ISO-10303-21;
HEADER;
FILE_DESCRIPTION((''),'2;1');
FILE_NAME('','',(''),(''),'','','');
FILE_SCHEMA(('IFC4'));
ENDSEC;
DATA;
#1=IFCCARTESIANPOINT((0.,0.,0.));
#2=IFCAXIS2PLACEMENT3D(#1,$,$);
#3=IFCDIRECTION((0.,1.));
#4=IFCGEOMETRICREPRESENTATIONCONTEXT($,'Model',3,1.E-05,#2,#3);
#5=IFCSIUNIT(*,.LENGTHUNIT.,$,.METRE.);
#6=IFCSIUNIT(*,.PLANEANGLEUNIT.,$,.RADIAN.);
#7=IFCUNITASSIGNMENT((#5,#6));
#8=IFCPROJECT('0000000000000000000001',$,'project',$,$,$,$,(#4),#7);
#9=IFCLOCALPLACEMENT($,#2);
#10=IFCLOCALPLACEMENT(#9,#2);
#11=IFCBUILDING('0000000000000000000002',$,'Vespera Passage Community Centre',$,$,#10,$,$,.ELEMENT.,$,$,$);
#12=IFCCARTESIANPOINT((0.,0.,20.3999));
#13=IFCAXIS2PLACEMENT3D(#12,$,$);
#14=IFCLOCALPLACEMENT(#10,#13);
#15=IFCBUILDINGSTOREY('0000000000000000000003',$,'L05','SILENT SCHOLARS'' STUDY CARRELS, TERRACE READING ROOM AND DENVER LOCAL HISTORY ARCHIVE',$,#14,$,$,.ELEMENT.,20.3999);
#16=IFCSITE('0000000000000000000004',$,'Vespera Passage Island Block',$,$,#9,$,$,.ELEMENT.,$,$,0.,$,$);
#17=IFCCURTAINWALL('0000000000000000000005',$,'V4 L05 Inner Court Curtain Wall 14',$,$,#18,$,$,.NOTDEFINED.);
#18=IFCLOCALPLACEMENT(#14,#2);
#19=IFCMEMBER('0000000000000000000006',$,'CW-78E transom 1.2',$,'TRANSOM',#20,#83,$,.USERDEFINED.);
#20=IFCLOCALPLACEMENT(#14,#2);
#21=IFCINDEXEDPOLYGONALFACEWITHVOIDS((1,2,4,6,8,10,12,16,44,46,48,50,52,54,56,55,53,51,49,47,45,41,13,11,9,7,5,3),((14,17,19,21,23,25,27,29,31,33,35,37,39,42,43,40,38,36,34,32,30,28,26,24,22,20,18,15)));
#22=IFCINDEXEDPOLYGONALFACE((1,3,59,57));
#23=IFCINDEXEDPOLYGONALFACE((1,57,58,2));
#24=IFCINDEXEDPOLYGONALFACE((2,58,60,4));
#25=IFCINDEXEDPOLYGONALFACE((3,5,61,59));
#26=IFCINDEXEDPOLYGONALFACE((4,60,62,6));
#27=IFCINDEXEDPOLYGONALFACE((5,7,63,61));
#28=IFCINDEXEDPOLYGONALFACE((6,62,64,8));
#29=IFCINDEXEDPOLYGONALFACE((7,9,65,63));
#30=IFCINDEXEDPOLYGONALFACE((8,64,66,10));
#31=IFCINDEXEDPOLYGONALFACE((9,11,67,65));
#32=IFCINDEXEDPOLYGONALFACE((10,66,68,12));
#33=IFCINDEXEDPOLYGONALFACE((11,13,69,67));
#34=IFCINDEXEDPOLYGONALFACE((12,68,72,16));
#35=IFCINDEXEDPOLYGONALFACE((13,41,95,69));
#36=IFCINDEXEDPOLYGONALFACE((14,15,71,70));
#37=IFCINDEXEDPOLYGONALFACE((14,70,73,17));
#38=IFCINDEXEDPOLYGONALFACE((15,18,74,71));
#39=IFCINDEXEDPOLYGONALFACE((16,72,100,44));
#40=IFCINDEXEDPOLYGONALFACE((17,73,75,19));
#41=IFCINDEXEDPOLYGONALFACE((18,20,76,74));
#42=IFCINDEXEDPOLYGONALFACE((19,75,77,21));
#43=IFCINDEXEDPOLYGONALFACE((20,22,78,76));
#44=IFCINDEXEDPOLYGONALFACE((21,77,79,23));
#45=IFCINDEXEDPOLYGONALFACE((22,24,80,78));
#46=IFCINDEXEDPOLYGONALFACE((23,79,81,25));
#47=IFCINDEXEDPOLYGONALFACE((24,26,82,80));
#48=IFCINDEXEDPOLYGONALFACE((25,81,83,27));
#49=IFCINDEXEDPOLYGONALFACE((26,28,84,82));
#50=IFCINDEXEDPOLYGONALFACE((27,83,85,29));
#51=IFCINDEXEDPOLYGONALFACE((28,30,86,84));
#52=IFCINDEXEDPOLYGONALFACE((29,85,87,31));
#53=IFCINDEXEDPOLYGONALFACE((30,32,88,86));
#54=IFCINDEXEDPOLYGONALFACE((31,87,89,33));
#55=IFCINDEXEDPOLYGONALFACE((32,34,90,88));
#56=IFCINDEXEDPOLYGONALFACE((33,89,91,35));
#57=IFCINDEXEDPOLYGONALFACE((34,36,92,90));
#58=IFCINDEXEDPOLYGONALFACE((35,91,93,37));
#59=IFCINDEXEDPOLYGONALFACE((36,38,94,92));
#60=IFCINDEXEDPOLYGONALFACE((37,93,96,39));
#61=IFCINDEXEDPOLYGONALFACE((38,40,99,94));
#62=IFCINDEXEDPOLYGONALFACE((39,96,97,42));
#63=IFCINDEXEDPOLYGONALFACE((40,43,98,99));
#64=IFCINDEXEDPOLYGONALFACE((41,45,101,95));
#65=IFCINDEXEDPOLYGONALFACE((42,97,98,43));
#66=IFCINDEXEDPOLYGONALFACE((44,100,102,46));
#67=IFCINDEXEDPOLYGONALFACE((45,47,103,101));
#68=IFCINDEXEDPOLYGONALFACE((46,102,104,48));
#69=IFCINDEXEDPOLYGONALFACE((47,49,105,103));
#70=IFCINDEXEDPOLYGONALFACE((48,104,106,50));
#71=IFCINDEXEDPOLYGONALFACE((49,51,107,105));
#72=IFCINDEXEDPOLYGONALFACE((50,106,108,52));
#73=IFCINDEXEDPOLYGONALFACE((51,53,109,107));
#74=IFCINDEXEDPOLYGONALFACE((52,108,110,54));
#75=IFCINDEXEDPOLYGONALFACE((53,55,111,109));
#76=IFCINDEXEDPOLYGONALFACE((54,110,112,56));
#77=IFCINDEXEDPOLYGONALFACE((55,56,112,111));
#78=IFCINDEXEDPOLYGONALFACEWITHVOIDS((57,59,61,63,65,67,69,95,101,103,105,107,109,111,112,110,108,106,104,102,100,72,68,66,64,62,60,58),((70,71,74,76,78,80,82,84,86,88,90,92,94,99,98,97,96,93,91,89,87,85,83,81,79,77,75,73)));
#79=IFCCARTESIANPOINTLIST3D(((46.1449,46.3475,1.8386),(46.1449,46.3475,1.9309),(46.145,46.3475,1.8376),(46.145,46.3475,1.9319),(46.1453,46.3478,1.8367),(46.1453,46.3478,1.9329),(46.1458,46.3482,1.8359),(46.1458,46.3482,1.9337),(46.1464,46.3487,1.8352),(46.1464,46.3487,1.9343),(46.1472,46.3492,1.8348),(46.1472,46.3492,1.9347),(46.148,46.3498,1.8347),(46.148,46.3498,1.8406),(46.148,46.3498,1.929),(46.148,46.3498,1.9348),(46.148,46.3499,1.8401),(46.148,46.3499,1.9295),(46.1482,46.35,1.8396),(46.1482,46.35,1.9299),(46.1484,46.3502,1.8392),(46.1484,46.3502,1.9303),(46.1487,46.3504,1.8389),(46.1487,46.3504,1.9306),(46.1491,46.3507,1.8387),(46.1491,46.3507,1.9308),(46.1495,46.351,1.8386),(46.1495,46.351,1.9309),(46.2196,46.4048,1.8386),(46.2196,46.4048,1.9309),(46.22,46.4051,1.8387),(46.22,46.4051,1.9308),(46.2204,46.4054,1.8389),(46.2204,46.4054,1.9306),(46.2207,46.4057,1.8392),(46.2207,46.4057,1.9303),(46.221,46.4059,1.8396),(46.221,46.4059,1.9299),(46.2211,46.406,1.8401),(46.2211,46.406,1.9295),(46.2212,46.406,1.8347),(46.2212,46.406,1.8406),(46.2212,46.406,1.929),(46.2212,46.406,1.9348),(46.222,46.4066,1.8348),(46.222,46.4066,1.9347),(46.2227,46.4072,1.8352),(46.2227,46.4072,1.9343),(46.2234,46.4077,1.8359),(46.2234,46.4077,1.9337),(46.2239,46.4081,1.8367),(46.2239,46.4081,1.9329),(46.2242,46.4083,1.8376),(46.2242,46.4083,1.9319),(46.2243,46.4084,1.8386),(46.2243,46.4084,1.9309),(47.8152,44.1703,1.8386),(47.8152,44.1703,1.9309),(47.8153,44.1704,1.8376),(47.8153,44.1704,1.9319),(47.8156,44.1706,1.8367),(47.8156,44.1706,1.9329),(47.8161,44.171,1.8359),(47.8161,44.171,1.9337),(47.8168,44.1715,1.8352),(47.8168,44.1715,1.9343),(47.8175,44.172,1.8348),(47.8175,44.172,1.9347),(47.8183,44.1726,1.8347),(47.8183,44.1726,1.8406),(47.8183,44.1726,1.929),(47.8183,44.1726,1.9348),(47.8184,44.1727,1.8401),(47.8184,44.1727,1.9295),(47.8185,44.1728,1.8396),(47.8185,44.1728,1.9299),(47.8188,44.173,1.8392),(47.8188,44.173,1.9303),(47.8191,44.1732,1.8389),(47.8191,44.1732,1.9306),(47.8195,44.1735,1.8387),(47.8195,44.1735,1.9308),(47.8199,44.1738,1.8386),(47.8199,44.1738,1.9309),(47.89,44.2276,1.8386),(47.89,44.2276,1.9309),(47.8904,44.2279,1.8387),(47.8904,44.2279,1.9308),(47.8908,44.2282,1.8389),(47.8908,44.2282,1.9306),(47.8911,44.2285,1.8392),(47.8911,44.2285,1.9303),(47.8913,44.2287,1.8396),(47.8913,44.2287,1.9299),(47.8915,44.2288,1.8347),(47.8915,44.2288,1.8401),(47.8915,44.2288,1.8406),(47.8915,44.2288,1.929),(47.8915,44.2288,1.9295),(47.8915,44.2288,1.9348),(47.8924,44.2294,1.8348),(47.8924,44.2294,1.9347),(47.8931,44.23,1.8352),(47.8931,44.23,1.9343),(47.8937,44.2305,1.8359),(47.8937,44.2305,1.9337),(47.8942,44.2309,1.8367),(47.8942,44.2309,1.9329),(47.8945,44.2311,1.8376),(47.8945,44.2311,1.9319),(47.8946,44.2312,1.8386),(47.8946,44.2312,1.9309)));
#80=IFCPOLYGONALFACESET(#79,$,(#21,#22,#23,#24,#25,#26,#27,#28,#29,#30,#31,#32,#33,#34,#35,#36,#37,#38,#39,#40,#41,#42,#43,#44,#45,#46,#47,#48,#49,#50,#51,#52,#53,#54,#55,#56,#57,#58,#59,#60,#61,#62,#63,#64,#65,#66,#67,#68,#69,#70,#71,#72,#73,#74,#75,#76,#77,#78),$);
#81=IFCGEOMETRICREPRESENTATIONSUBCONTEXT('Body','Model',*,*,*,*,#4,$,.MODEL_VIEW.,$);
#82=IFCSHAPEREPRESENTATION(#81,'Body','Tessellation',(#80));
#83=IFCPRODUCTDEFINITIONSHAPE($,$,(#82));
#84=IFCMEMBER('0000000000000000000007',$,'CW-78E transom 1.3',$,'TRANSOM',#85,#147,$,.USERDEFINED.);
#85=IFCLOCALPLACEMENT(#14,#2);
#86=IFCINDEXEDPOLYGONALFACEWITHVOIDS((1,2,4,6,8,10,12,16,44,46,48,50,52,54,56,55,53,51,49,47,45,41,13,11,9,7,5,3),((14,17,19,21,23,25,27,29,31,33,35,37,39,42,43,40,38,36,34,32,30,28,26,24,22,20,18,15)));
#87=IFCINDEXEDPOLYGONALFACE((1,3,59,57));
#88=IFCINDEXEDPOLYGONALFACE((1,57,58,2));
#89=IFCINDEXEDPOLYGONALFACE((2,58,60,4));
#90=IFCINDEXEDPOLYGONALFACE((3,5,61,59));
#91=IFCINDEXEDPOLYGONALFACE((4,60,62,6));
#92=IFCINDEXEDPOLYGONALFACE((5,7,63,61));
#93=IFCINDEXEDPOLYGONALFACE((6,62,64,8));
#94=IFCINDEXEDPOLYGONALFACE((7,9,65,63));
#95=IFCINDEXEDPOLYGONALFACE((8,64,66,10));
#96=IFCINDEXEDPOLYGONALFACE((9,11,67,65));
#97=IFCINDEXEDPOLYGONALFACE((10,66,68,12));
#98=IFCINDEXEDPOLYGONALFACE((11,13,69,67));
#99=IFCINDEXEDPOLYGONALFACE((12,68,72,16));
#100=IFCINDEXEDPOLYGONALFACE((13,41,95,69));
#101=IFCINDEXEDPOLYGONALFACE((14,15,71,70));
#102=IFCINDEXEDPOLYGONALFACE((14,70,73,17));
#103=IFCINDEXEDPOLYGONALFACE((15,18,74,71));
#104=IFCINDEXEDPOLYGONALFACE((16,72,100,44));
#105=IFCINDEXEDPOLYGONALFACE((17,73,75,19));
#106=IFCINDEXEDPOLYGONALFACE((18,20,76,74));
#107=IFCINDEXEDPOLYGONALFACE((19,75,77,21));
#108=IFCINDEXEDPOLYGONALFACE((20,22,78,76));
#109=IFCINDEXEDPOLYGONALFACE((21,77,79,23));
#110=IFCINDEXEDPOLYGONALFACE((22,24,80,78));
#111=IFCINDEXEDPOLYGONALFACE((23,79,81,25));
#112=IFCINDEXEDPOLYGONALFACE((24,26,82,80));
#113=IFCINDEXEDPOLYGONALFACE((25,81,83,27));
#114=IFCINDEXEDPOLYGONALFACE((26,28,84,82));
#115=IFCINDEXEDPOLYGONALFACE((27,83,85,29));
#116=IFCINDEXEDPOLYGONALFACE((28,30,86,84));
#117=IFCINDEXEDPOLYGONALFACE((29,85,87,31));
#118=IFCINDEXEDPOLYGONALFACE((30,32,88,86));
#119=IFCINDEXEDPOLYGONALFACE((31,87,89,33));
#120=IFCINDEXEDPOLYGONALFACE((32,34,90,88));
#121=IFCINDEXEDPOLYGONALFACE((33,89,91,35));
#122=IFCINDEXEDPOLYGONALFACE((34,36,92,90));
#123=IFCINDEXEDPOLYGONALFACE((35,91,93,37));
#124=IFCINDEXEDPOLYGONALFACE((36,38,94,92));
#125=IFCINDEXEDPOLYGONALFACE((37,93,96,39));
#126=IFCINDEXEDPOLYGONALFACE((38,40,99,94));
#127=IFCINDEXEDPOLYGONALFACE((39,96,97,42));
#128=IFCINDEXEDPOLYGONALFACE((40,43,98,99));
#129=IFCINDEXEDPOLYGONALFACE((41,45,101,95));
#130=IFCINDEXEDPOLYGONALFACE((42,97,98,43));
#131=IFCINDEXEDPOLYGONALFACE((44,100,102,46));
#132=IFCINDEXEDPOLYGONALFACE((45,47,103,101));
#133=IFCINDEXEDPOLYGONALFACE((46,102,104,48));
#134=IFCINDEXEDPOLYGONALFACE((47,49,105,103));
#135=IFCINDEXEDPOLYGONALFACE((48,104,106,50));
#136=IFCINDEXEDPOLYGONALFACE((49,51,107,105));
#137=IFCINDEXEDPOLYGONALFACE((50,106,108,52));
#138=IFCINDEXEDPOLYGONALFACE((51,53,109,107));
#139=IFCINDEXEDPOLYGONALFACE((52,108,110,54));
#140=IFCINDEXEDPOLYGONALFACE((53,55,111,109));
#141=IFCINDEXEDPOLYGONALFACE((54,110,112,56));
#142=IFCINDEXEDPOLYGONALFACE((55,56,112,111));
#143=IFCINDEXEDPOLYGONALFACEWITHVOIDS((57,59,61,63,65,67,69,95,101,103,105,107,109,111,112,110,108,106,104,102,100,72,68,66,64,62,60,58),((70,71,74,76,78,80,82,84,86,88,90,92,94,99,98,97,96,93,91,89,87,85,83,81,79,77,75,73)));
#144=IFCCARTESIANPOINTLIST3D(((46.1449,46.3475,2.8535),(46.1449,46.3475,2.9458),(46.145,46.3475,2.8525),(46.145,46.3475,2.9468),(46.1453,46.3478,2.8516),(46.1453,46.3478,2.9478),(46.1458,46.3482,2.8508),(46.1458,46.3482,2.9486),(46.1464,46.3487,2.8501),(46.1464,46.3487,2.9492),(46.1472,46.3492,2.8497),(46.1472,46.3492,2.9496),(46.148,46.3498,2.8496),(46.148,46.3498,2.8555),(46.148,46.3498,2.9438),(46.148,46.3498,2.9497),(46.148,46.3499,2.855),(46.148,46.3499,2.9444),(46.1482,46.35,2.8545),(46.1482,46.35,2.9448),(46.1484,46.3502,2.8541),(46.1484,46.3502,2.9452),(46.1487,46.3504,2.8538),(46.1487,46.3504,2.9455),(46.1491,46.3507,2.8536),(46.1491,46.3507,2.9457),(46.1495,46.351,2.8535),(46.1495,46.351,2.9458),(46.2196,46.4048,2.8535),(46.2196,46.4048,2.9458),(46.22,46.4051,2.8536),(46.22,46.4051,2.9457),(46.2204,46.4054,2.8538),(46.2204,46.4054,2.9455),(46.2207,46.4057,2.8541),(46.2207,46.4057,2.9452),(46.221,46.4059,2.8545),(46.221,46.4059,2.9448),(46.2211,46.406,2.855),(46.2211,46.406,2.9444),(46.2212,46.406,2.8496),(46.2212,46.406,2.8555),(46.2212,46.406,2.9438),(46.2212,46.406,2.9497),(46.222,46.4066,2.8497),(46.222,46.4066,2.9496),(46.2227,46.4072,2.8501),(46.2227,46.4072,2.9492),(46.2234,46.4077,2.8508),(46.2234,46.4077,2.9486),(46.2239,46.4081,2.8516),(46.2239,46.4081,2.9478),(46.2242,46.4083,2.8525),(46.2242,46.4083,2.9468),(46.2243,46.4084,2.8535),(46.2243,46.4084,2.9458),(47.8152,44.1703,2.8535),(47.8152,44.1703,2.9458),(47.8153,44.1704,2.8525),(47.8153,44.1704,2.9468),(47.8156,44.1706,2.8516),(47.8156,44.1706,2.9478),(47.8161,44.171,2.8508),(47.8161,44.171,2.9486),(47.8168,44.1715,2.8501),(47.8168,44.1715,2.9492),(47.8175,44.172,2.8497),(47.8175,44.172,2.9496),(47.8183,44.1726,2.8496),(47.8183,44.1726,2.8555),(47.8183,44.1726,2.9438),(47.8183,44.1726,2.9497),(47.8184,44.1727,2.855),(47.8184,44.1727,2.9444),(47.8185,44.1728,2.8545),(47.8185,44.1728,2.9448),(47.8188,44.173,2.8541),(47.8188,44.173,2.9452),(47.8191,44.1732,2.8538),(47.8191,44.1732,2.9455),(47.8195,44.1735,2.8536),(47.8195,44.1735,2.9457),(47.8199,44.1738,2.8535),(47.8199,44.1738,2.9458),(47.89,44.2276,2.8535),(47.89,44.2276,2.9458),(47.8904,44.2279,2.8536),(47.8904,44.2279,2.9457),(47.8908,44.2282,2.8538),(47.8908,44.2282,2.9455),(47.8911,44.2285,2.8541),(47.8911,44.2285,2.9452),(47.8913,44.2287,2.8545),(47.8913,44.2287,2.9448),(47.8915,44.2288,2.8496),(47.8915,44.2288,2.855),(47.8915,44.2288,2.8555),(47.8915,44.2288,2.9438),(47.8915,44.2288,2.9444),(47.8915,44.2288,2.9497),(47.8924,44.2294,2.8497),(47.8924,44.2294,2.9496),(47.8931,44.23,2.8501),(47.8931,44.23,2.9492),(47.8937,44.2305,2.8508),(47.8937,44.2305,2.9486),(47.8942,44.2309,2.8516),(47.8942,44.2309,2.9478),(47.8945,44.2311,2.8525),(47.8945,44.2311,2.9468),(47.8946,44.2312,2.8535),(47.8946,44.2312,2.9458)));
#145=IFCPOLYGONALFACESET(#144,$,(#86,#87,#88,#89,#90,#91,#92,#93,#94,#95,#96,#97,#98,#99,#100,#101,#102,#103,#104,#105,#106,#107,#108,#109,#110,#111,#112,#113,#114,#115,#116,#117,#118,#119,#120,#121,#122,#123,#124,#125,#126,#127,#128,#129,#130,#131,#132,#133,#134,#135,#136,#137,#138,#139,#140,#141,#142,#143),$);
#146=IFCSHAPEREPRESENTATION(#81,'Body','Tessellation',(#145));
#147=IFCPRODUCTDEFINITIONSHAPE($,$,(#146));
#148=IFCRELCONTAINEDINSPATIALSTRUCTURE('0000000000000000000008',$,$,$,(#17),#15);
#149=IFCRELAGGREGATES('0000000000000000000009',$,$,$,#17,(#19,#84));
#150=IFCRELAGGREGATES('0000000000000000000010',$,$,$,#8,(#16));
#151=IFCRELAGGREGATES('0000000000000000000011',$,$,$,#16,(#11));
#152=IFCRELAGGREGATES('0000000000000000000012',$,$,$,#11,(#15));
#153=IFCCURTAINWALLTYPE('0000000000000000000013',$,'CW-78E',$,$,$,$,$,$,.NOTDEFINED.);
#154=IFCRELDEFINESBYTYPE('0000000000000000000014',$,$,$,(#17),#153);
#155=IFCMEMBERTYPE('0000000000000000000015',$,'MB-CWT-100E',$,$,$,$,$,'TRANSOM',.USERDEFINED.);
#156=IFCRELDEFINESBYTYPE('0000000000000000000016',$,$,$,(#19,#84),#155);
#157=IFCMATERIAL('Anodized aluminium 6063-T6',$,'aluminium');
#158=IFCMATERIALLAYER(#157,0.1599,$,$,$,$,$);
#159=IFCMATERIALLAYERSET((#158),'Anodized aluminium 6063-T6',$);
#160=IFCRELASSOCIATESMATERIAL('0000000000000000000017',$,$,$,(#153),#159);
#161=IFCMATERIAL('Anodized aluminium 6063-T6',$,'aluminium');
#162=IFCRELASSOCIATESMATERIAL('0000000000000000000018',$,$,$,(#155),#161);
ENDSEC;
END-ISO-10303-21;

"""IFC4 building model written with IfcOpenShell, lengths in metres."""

from ifc_helpers import new_model, si_unit, direction, frame, origin, origin_2d, place, context, subcontext, project, spatial, hollow_rectangle, extrude, material, layer, layer_set, material_profile, profile_set, type_object, element, aggregate, save


model = new_model("IFC4")

# Units and contexts
model_context = context("Model", 3, precision=1e-05, world=origin(), true_north=direction((0.0, 1.0)))
body_context = subcontext(model_context, "Body", "Model", "MODEL_VIEW")
ifc_project = project(units=[si_unit("LENGTHUNIT", "METRE"), si_unit("PLANEANGLEUNIT", "RADIAN")], contexts=[model_context])

# Site, building, storey
site_placement = place(None, origin())
site = spatial("IfcSite", under=ifc_project, at=site_placement, Name="Vespera Passage Island Block", CompositionType="ELEMENT", RefElevation=0.0)
building_placement = place(site_placement, origin())
building = spatial("IfcBuilding", under=site, at=building_placement, Name="Vespera Passage Community Centre", CompositionType="ELEMENT")
storey_placement = place(building_placement, frame((0.0, 0.0, 20.3999)))
storey = spatial("IfcBuildingStorey", under=building, at=storey_placement, Name="L05", Description="SILENT SCHOLARS' STUDY CARRELS, TERRACE READING ROOM AND DENVER LOCAL HISTORY ARCHIVE", CompositionType="ELEMENT", Elevation=20.3999)

# Curtain wall
ifc_material_1 = material(Name="Anodized aluminium 6063-T6", Category="aluminium")
ifc_layer_1 = layer(ifc_material_1, 0.1599)
ifc_layer_set_1 = layer_set([ifc_layer_1], Name="Anodized aluminium 6063-T6")
curtain_wall_type_1 = type_object("IfcCurtainWallType", Name="CW-78E", PredefinedType="NOTDEFINED", material=ifc_layer_set_1)
curtain_wall_1_placement = place(storey_placement, origin())
curtain_wall_1 = element("IfcCurtainWall", 1, at=curtain_wall_1_placement, inside=storey, type_object=curtain_wall_type_1, Name="V4 L05 Inner Court Curtain Wall 14", PredefinedType="NOTDEFINED")

# Members
ifc_material_2 = material(Name="Anodized aluminium 6063-T6", Category="aluminium")
ifc_material_profile_1 = material_profile(ifc_material_2, hollow_rectangle(XDim=0.1001, YDim=0.1001, WallThickness=0.0039, InnerFilletRadius=0.002, OuterFilletRadius=0.0039, at=origin_2d()), Name="ALU100X100X4")
ifc_profile_set_1 = profile_set([ifc_material_profile_1], Name="Anodized aluminium 6063-T6")
member_type_1 = type_object("IfcMemberType", Name="MB-CWT-100E", ElementType="TRANSOM", PredefinedType="USERDEFINED", material=ifc_profile_set_1)
member_1_placement = place(storey_placement, frame((46.1846, 46.3779, 1.8848), z_axis=(0.608704, -0.793397, 0.0), x_axis=(0.793397, 0.608704, 0.0)))
member_1 = element("IfcMember", 2, at=member_1_placement, type_object=member_type_1, Name="CW-78E transom 1.2", ObjectType="TRANSOM", PredefinedType="USERDEFINED", context=body_context, shape_type="SweptSolid", body=[
    extrude(hollow_rectangle(XDim=0.1001, YDim=0.1001, WallThickness=0.0039, InnerFilletRadius=0.002, OuterFilletRadius=0.0039, at=origin_2d()), origin(), (0.0, 0.0, 1.0), 2.7441),
])
member_2_placement = place(storey_placement, frame((46.1846, 46.3779, 2.8997), z_axis=(0.608704, -0.793397, 0.0), x_axis=(0.793397, 0.608704, 0.0)))
member_2 = element("IfcMember", 3, at=member_2_placement, type_object=member_type_1, Name="CW-78E transom 1.3", ObjectType="TRANSOM", PredefinedType="USERDEFINED", context=body_context, shape_type="SweptSolid", body=[
    extrude(hollow_rectangle(XDim=0.1001, YDim=0.1001, WallThickness=0.0039, InnerFilletRadius=0.002, OuterFilletRadius=0.0039, at=origin_2d()), origin(), (0.0, 0.0, 1.0), 2.7441),
])
aggregate(curtain_wall_1, [member_1, member_2])

save(model, "model.ifc")
